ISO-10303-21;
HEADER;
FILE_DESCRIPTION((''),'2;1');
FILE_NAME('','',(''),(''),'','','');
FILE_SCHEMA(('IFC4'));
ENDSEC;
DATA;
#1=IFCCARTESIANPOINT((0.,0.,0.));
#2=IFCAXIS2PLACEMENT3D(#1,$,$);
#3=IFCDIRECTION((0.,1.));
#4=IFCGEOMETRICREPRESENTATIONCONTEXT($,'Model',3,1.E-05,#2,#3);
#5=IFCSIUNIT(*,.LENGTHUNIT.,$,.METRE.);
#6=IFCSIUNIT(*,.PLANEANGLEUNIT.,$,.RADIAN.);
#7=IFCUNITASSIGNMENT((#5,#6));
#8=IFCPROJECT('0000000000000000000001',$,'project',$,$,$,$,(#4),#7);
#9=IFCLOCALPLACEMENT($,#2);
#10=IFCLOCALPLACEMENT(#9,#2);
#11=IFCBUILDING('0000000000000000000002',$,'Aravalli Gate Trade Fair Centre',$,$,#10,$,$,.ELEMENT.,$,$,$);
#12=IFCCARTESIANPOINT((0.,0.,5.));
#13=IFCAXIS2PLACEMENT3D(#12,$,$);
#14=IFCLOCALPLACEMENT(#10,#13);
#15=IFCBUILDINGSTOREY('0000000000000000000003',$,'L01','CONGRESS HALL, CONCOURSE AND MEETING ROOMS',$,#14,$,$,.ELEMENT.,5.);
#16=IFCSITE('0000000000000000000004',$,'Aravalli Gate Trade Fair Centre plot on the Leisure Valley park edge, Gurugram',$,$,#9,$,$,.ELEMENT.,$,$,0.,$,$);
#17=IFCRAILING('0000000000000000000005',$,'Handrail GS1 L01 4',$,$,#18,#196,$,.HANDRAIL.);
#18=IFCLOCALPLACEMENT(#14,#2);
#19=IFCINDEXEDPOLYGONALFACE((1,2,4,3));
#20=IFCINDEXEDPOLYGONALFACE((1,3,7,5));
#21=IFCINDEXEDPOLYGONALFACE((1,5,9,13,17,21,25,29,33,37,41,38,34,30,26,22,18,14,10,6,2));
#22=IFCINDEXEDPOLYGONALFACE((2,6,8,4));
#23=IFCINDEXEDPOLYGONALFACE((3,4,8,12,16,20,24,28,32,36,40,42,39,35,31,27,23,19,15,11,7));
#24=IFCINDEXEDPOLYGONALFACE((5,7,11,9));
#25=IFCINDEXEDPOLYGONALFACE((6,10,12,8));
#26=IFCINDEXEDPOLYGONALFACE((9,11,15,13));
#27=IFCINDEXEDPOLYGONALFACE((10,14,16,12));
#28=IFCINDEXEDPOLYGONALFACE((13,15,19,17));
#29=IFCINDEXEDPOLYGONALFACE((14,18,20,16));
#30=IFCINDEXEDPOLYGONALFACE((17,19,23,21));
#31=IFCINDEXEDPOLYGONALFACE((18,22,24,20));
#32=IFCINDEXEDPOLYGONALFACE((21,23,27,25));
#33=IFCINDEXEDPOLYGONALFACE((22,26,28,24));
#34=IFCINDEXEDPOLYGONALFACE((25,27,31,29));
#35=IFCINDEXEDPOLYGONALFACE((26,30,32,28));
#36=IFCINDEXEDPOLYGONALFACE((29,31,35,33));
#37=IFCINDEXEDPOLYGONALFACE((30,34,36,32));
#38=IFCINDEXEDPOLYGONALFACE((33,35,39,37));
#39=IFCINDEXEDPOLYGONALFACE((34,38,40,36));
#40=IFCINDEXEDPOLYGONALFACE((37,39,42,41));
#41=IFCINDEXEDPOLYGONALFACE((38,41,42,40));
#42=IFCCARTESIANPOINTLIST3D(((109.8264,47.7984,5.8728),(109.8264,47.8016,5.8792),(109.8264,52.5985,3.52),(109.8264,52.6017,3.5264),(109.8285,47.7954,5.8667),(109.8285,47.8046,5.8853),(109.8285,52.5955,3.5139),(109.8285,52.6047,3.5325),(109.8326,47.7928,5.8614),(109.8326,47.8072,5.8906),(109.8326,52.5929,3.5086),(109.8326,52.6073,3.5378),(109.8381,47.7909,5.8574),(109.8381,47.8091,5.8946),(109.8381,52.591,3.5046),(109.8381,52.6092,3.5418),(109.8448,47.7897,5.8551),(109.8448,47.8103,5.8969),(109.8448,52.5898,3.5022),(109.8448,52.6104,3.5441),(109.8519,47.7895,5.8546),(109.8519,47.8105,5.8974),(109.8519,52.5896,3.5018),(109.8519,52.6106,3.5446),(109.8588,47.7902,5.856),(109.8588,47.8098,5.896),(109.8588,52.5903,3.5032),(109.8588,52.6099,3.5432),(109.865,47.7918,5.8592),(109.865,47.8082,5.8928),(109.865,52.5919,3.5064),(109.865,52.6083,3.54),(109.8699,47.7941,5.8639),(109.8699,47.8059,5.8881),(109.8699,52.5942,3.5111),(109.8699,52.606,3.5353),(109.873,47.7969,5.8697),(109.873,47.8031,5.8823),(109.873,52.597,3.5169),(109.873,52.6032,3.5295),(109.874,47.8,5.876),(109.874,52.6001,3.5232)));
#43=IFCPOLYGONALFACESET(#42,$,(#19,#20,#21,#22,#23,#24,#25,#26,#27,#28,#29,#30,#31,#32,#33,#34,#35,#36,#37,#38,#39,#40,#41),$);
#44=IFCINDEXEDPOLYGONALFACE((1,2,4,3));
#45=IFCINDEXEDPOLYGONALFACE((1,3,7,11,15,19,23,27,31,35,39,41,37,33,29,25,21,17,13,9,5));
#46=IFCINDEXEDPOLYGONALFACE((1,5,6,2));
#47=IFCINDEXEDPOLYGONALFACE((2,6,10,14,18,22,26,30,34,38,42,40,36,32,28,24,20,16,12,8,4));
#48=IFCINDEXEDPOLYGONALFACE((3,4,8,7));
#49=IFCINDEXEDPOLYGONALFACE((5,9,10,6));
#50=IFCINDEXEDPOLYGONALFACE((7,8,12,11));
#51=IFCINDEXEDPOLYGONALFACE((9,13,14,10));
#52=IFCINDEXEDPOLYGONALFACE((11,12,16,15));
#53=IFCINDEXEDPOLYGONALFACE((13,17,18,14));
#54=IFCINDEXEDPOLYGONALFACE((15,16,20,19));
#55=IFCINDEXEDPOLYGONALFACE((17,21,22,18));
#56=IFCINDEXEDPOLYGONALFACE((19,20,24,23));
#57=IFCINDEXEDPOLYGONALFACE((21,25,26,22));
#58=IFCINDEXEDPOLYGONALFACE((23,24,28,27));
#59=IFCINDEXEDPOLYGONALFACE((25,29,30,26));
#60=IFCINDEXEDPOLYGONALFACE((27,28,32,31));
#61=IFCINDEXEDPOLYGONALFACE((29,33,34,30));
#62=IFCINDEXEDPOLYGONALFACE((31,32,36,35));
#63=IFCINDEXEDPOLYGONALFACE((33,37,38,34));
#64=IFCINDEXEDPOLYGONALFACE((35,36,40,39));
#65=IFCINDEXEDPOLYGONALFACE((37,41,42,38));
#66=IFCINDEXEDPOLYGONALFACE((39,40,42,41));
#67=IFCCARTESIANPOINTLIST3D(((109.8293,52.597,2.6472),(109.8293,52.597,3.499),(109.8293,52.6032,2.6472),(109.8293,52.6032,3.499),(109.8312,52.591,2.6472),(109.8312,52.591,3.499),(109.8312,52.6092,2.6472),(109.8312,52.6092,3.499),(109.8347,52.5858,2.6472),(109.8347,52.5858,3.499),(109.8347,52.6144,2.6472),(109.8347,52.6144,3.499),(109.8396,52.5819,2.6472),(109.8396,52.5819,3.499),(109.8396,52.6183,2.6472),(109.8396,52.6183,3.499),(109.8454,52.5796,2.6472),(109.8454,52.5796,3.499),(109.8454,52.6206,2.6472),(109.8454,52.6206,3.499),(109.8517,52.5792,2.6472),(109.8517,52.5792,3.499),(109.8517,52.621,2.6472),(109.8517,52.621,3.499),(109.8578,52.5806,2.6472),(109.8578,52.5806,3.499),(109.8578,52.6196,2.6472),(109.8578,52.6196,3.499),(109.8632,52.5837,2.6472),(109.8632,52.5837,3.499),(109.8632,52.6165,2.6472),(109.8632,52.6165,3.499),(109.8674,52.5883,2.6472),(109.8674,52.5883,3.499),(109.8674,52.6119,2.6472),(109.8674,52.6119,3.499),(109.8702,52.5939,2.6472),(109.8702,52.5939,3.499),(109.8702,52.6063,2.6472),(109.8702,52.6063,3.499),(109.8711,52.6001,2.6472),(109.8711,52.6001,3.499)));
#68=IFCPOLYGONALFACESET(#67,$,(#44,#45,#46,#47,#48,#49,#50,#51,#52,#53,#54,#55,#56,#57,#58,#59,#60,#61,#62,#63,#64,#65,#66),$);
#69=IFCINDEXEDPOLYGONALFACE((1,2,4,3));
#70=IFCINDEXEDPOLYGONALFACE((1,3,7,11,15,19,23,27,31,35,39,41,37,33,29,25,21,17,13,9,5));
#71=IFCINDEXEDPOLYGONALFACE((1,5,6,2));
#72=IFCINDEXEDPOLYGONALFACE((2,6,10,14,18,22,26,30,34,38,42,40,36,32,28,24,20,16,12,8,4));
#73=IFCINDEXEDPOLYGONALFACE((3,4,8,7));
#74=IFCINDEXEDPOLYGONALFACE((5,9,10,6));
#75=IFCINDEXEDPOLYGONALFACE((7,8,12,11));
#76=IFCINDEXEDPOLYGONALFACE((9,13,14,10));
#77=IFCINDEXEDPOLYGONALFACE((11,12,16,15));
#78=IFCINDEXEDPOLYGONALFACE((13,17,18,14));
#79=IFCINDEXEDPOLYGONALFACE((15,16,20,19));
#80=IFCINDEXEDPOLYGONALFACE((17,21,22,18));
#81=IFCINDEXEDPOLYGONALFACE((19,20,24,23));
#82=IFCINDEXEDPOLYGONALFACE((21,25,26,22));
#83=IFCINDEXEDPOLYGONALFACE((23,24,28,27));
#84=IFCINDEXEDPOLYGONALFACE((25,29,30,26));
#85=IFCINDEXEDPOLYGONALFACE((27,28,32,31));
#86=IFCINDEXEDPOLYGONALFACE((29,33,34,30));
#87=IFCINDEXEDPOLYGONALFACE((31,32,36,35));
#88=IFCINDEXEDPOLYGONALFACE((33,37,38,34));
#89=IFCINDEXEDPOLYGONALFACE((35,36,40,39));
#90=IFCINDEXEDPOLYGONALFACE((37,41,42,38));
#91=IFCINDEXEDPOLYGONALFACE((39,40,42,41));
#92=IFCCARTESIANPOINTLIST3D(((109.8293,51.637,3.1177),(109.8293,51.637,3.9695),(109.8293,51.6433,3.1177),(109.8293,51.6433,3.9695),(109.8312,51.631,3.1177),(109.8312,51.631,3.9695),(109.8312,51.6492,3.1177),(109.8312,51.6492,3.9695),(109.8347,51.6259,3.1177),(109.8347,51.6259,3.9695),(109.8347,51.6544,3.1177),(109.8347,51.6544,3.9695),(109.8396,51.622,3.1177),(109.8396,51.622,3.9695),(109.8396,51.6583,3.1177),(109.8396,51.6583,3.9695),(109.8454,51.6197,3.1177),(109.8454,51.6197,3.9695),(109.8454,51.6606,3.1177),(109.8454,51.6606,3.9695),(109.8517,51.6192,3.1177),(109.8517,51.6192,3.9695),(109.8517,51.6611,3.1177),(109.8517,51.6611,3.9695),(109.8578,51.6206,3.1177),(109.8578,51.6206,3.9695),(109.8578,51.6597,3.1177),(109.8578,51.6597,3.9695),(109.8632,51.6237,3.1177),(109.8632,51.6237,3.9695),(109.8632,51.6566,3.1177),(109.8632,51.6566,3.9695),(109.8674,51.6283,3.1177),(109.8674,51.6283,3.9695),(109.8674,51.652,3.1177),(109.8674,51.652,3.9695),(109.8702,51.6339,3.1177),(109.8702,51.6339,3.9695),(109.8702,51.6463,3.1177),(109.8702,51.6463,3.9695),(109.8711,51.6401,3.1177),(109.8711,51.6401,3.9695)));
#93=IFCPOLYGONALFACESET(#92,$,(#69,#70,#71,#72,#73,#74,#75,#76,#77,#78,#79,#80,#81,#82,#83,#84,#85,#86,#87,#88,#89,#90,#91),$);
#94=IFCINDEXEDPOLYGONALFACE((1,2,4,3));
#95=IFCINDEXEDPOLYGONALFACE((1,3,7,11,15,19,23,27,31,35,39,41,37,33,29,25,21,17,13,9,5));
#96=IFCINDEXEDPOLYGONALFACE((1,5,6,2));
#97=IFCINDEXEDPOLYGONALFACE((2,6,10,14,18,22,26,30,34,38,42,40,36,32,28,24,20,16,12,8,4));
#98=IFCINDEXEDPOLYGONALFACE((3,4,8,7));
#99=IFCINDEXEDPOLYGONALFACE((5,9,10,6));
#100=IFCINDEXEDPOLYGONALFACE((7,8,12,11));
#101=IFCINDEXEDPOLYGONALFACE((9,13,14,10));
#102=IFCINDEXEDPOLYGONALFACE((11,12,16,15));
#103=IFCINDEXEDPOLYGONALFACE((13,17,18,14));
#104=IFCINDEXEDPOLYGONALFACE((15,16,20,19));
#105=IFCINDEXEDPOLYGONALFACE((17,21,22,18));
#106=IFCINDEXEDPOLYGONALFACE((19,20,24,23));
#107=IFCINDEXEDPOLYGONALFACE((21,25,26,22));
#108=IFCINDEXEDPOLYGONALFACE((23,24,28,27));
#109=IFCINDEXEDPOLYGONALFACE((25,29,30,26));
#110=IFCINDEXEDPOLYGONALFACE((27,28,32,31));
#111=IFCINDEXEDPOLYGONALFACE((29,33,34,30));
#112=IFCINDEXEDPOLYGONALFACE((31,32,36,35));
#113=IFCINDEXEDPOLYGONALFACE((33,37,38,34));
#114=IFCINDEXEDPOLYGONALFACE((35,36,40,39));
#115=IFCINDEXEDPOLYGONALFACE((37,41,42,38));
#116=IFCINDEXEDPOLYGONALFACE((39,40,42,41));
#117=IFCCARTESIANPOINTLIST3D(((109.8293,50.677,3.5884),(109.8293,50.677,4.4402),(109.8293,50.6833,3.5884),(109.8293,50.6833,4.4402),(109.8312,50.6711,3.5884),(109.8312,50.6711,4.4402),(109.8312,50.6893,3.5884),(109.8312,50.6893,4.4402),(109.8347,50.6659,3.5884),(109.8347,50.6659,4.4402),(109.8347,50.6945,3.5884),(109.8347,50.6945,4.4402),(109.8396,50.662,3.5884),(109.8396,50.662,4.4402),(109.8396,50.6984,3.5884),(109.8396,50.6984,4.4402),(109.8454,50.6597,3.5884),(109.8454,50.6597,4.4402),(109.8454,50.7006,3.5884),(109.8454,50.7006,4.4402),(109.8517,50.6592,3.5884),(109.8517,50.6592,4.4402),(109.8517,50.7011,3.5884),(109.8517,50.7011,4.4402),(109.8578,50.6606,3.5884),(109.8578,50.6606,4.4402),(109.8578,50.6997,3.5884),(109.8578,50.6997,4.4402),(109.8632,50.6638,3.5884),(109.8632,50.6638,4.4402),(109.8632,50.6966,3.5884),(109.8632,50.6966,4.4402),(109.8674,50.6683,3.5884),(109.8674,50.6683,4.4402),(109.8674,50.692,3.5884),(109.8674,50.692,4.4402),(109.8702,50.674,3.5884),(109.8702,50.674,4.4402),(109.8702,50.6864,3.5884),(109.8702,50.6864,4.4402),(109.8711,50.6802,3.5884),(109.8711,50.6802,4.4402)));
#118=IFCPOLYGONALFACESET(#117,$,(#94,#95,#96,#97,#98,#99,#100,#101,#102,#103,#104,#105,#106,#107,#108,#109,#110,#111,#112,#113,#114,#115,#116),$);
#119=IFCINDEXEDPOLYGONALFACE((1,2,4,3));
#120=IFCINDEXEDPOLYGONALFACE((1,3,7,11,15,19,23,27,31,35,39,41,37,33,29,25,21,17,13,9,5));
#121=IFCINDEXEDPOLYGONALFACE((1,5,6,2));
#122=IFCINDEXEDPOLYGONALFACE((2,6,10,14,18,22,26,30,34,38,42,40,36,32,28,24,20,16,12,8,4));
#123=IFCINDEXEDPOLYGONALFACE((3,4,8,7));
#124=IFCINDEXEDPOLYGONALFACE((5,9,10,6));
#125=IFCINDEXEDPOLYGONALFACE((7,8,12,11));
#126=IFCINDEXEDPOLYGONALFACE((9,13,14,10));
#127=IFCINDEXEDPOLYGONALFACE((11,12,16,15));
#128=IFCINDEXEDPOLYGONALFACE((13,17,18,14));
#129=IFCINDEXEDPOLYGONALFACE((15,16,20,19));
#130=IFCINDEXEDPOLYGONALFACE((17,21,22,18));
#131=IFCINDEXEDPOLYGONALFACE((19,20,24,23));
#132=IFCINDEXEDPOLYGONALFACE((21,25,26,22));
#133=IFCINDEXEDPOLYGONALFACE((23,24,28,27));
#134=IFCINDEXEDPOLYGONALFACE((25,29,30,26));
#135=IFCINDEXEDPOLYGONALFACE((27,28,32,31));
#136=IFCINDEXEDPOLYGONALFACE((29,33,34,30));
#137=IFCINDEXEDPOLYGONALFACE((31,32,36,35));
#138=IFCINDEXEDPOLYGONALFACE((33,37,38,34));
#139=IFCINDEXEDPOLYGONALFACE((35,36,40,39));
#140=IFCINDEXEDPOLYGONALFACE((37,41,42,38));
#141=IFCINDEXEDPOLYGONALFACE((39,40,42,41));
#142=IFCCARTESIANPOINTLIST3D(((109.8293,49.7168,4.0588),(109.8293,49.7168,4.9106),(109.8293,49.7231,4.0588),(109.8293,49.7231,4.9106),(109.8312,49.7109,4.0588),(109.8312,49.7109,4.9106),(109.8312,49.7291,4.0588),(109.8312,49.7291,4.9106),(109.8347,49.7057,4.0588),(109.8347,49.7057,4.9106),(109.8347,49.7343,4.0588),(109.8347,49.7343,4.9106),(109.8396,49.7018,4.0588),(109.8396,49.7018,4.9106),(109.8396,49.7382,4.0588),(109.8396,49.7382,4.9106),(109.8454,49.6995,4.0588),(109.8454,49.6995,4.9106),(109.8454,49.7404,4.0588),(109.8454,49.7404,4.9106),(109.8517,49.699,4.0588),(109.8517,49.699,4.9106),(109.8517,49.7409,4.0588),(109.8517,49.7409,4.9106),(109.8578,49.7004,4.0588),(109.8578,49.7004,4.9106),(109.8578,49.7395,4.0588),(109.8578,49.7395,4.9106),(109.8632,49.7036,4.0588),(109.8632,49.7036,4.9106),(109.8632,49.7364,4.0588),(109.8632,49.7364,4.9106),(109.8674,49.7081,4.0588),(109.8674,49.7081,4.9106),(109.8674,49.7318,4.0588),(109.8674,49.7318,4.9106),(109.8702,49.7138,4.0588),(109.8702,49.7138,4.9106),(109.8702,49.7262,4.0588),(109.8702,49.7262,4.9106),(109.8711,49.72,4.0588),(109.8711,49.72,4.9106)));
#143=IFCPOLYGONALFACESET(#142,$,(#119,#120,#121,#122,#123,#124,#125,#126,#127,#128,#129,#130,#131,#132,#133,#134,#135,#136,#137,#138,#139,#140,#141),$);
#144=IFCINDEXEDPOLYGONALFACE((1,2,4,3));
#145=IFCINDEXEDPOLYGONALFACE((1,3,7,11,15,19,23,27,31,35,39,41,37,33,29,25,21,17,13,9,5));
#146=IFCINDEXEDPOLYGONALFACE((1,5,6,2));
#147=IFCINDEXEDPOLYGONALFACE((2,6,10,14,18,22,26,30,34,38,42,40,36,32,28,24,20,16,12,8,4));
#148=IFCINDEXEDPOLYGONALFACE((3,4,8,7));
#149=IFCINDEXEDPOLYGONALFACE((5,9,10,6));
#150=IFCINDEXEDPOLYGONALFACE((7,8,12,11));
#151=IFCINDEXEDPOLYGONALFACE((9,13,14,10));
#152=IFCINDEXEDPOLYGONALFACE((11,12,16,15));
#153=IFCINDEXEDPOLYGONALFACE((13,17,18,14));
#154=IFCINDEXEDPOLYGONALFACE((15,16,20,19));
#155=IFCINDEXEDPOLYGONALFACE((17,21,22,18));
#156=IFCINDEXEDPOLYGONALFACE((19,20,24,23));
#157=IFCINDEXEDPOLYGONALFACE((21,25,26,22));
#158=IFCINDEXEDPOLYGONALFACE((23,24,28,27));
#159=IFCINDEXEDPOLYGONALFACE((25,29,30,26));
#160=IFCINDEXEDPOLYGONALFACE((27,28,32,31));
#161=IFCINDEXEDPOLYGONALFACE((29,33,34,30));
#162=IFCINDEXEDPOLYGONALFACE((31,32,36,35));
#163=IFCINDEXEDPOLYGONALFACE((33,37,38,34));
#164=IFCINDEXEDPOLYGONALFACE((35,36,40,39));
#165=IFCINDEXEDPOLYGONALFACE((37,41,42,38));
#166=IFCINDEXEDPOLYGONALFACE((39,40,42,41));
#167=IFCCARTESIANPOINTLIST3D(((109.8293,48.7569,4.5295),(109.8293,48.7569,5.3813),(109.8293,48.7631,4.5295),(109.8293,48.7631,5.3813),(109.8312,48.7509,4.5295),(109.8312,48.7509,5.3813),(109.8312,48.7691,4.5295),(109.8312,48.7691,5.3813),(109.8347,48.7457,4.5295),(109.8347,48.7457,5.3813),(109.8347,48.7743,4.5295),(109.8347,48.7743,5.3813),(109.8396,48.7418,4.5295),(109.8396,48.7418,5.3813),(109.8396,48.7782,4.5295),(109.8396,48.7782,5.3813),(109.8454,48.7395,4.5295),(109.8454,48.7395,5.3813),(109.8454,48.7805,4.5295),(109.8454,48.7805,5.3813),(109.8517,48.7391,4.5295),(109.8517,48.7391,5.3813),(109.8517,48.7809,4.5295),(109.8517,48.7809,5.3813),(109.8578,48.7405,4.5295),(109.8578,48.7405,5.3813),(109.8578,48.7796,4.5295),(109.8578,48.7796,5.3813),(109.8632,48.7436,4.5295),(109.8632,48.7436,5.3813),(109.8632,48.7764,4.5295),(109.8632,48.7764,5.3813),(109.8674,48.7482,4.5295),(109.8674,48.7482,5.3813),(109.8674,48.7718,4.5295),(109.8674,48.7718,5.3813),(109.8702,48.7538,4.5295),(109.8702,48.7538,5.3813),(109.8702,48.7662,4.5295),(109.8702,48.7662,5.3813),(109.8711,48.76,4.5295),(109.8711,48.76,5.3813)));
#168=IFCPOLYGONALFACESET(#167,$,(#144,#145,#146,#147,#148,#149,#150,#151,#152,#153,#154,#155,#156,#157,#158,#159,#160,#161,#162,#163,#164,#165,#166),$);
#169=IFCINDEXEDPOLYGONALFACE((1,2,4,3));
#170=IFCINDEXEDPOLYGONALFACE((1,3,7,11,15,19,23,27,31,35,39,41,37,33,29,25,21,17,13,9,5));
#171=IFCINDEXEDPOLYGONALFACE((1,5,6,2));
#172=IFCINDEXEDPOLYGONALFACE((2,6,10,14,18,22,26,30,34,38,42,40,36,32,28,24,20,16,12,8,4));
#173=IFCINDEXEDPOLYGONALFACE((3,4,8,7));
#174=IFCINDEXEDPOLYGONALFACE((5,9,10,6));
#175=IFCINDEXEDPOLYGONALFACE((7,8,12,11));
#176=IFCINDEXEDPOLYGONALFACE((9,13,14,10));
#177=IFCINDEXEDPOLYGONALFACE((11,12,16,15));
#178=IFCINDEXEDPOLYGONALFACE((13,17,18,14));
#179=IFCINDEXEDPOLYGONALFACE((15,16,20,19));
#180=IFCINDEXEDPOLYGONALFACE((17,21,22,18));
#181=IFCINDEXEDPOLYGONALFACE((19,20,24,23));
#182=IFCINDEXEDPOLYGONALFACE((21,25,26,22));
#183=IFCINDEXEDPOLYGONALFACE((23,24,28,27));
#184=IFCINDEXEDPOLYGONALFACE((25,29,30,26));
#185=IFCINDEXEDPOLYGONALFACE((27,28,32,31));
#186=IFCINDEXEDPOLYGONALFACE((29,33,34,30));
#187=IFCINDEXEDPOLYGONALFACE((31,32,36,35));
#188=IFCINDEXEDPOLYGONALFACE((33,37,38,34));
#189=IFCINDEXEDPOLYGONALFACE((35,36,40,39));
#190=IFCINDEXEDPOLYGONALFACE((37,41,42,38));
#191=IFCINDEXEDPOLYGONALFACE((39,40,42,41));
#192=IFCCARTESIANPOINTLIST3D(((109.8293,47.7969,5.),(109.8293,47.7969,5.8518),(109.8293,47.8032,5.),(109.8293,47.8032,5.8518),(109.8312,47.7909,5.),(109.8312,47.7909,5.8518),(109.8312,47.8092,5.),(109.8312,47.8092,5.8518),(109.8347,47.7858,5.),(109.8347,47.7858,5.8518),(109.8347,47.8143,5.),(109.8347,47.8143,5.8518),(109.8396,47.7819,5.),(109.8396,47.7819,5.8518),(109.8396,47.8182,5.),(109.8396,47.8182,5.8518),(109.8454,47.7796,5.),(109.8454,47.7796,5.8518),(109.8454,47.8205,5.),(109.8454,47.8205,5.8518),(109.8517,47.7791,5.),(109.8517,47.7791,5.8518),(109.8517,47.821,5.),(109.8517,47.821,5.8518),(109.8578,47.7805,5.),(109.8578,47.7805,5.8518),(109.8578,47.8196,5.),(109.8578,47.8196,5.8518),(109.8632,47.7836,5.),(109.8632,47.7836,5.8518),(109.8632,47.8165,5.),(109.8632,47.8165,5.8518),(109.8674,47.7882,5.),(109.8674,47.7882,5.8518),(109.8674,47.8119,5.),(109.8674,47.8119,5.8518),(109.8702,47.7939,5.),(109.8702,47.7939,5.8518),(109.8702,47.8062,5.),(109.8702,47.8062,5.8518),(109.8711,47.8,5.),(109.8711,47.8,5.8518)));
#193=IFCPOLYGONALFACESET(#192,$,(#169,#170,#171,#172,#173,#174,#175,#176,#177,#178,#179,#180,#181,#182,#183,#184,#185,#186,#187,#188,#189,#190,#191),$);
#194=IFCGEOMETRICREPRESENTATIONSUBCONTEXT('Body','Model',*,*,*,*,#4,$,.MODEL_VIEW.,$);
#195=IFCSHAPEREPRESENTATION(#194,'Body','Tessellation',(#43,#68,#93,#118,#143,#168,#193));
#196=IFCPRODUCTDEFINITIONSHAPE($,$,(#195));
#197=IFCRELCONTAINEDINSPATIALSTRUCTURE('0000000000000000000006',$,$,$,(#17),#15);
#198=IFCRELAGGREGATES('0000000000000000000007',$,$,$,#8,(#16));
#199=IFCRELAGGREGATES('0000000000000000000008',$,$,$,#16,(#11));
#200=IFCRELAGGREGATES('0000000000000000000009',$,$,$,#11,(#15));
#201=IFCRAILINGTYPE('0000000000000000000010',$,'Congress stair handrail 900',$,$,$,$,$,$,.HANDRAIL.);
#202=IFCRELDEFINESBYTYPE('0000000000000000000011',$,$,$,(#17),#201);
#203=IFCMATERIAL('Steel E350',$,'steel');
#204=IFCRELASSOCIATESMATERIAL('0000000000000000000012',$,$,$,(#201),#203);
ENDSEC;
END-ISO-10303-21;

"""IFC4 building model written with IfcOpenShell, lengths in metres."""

from ifc_helpers import new_model, si_unit, direction, frame, origin, origin_2d, place, context, subcontext, project, spatial, circle, extrude, material, type_object, element, save


model = new_model("IFC4")

# Units and contexts
model_context = context("Model", 3, precision=1e-05, world=origin(), true_north=direction((0.0, 1.0)))
body_context = subcontext(model_context, "Body", "Model", "MODEL_VIEW")
ifc_project = project(units=[si_unit("LENGTHUNIT", "METRE"), si_unit("PLANEANGLEUNIT", "RADIAN")], contexts=[model_context])

# Site, building, storey
site_placement = place(None, origin())
site = spatial("IfcSite", under=ifc_project, at=site_placement, Name="Aravalli Gate Trade Fair Centre plot on the Leisure Valley park edge, Gurugram", CompositionType="ELEMENT", RefElevation=0.0)
building_placement = place(site_placement, origin())
building = spatial("IfcBuilding", under=site, at=building_placement, Name="Aravalli Gate Trade Fair Centre", CompositionType="ELEMENT")
storey_placement = place(building_placement, frame((0.0, 0.0, 5.0)))
storey = spatial("IfcBuildingStorey", under=building, at=storey_placement, Name="L01", Description="CONGRESS HALL, CONCOURSE AND MEETING ROOMS", CompositionType="ELEMENT", Elevation=5.0)

# Railing
ifc_material_1 = material(Name="Steel E350", Category="steel")
railing_type = type_object("IfcRailingType", Name="Congress stair handrail 900", PredefinedType="HANDRAIL", material=ifc_material_1)
for number, where, name in (
    (1, (109.8501, 52.6001, 2.6472), "Handrail GS1 L01 4"),
):
    element("IfcRailing", number, at=place(storey_placement, frame(where)), inside=storey, type_object=railing_type, Name=name, PredefinedType="HANDRAIL", context=body_context, shape_type="SweptSolid", body=[
        extrude(circle(Radius=0.0239, at=origin_2d()), frame((0.0, 0.0, 0.876), z_axis=(0.0, -0.897934, 0.44013), x_axis=(1.0, 0.0, 0.0)), (0.0, 0.0, 1.0), 5.3457),
        extrude(circle(Radius=0.021, at=origin_2d()), origin(), (0.0, 0.0, 1.0), 0.8518),
        extrude(circle(Radius=0.021, at=origin_2d()), frame((0.0, -0.96, 0.4705)), (0.0, 0.0, 1.0), 0.8518),
        extrude(circle(Radius=0.021, at=origin_2d()), frame((0.0, -1.9199, 0.9412)), (0.0, 0.0, 1.0), 0.8518),
        extrude(circle(Radius=0.021, at=origin_2d()), frame((0.0, -2.8801, 1.4116)), (0.0, 0.0, 1.0), 0.8518),
        extrude(circle(Radius=0.021, at=origin_2d()), frame((0.0, -3.8401, 1.8823)), (0.0, 0.0, 1.0), 0.8518),
        extrude(circle(Radius=0.021, at=origin_2d()), frame((0.0, -4.8, 2.3528)), (0.0, 0.0, 1.0), 0.8518),
    ])

save(model, "model.ifc")
